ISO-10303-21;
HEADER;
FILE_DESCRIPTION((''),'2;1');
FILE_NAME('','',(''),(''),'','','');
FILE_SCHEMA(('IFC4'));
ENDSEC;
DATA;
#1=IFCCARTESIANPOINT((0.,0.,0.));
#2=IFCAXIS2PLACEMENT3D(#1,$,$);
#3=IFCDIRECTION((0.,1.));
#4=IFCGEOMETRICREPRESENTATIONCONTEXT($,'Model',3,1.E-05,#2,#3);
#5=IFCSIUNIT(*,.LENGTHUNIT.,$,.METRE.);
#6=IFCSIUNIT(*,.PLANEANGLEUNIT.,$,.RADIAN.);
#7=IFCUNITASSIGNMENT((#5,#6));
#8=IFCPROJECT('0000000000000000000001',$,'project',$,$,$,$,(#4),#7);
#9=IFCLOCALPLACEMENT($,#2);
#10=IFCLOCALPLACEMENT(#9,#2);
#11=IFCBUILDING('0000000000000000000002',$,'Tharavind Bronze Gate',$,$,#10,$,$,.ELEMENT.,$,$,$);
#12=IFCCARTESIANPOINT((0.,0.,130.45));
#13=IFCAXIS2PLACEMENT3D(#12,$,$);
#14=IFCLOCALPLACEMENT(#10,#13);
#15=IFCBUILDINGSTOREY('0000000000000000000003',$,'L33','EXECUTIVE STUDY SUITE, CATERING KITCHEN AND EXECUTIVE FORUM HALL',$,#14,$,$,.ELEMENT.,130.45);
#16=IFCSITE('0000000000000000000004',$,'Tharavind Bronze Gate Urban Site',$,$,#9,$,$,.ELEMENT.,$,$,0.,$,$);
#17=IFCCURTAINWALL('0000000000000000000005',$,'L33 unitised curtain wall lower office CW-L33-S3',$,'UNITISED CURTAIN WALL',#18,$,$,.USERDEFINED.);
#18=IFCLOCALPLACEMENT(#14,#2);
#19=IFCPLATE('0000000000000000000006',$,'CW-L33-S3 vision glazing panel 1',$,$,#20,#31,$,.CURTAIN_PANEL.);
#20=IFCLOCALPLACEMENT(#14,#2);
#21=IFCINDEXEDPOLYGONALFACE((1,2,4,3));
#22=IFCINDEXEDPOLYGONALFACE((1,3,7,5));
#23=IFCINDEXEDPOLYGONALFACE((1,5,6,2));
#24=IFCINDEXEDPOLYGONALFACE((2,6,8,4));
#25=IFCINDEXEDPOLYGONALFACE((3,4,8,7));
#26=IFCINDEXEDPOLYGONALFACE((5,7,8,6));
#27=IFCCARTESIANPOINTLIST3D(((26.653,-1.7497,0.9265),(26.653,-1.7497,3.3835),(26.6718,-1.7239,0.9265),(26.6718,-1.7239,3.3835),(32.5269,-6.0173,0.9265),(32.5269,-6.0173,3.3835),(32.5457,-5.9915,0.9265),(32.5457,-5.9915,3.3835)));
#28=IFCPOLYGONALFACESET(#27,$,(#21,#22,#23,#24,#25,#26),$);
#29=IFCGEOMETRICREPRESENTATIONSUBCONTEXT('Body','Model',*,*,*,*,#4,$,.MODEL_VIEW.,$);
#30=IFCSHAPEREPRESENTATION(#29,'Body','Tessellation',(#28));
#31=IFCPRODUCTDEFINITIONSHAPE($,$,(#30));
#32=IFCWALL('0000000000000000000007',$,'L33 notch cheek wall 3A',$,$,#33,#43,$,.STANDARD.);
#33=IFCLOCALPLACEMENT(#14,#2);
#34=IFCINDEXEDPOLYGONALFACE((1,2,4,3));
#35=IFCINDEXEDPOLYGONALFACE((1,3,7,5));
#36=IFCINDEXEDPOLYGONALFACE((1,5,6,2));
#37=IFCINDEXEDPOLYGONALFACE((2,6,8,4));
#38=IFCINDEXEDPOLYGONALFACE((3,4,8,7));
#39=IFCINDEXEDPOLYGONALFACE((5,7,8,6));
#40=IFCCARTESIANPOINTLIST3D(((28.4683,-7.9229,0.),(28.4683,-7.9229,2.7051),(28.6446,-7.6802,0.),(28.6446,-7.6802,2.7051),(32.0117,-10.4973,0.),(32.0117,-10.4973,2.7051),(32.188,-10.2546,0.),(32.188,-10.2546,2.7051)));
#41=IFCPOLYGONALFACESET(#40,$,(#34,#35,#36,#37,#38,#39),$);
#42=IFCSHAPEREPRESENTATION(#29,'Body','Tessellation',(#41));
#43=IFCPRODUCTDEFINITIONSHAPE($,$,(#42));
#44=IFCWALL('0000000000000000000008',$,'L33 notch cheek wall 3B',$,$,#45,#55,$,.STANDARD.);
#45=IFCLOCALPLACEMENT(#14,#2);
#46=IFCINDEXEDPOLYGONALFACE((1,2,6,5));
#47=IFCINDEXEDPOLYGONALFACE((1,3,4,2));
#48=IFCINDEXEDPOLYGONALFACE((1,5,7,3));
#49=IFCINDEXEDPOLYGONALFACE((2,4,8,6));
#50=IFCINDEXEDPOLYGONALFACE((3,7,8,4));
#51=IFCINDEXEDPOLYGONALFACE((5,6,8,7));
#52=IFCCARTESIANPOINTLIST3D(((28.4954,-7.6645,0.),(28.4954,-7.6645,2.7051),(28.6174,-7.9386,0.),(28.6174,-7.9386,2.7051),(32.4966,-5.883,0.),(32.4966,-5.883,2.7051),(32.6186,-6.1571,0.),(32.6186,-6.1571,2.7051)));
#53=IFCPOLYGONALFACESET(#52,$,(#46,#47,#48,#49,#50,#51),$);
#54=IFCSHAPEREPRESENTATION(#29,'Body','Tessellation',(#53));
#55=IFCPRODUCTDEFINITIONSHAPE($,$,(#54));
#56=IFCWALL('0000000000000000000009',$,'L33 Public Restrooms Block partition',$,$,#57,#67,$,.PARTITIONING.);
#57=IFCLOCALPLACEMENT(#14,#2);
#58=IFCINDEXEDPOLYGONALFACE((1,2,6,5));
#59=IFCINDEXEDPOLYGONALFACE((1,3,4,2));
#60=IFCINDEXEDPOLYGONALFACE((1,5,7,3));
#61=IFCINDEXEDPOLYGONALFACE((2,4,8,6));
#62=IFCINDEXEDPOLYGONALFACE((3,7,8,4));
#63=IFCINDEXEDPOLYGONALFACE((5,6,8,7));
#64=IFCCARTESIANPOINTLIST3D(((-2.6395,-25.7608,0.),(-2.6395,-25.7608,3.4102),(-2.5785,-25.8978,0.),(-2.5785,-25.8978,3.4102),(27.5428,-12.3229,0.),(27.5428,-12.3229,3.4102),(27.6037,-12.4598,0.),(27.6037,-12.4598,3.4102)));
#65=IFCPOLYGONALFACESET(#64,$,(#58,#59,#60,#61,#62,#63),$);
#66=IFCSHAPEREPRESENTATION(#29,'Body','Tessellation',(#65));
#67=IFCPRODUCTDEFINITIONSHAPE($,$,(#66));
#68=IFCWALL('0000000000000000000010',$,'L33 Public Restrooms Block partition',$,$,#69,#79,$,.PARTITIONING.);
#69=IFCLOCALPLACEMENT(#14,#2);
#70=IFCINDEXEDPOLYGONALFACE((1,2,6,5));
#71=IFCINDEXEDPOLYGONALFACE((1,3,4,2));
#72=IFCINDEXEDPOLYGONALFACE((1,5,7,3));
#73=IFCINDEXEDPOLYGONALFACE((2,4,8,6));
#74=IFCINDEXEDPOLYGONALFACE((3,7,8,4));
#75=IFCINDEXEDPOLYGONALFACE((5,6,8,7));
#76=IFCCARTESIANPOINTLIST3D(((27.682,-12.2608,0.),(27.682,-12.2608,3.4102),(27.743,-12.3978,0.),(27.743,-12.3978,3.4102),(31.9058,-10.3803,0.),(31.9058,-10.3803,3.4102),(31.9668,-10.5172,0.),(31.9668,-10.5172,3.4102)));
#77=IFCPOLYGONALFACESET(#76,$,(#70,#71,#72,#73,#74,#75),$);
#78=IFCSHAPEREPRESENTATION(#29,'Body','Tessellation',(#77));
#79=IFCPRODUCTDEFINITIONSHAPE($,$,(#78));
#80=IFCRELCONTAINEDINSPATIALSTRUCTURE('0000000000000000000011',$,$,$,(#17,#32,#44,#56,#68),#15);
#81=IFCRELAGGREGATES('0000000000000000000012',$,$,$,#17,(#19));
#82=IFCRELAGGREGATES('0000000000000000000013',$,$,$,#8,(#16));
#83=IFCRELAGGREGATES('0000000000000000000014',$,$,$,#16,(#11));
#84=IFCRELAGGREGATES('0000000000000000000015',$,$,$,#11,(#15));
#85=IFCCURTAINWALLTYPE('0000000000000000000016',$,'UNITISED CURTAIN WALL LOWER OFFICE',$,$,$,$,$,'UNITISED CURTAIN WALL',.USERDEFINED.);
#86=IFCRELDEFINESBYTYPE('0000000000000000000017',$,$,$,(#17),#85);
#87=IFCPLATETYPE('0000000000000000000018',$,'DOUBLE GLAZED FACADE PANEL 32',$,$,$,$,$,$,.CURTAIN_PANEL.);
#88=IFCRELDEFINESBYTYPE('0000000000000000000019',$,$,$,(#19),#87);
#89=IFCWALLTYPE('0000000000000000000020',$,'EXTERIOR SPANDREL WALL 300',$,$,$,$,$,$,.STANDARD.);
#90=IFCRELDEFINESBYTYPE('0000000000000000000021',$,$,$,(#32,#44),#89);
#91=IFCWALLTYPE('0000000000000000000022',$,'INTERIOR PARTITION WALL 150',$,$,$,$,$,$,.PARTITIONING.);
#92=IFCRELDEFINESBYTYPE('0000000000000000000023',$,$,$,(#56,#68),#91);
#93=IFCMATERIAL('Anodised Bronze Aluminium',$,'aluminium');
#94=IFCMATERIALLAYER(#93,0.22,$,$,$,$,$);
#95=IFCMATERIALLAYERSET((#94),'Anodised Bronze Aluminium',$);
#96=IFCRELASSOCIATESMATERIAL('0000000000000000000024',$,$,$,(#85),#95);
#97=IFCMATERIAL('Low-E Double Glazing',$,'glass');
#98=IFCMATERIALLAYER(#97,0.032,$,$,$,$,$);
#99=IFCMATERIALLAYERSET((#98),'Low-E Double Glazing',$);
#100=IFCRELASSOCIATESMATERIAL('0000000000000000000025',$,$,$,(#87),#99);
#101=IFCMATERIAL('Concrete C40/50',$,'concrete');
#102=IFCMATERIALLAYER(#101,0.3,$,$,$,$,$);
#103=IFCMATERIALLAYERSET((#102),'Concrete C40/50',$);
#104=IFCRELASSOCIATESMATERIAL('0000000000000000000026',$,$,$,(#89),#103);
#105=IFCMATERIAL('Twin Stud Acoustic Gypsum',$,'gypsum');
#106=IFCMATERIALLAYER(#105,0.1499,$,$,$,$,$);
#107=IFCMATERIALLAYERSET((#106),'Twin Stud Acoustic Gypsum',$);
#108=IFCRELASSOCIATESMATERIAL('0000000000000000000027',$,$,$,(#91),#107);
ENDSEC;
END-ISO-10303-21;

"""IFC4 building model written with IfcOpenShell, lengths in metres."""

from ifc_helpers import new_model, si_unit, direction, frame, frame_2d, origin, origin_2d, place, context, subcontext, project, spatial, rectangle, extrude, material, layer, layer_set, type_object, element, aggregate, save


model = new_model("IFC4")

# Units and contexts
model_context = context("Model", 3, precision=1e-05, world=origin(), true_north=direction((0.0, 1.0)))
body_context = subcontext(model_context, "Body", "Model", "MODEL_VIEW")
ifc_project = project(units=[si_unit("LENGTHUNIT", "METRE"), si_unit("PLANEANGLEUNIT", "RADIAN")], contexts=[model_context])

# Site, building, storey
site_placement = place(None, origin())
site = spatial("IfcSite", under=ifc_project, at=site_placement, Name="Tharavind Bronze Gate Urban Site", CompositionType="ELEMENT", RefElevation=0.0)
building_placement = place(site_placement, origin())
building = spatial("IfcBuilding", under=site, at=building_placement, Name="Tharavind Bronze Gate", CompositionType="ELEMENT")
storey_placement = place(building_placement, frame((0.0, 0.0, 130.45)))
storey = spatial("IfcBuildingStorey", under=building, at=storey_placement, Name="L33", Description="EXECUTIVE STUDY SUITE, CATERING KITCHEN AND EXECUTIVE FORUM HALL", CompositionType="ELEMENT", Elevation=130.45)

# Shared definitions
ifc_material_1 = material(Name="Anodised Bronze Aluminium", Category="aluminium")
ifc_layer_1 = layer(ifc_material_1, 0.22)
ifc_layer_set_1 = layer_set([ifc_layer_1], Name="Anodised Bronze Aluminium")
curtain_wall_type = type_object("IfcCurtainWallType", Name="UNITISED CURTAIN WALL LOWER OFFICE", ElementType="UNITISED CURTAIN WALL", PredefinedType="USERDEFINED", material=ifc_layer_set_1)

# Curtain wall
curtain_wall_1_placement = place(storey_placement, origin())
curtain_wall_1 = element("IfcCurtainWall", 1, at=curtain_wall_1_placement, inside=storey, type_object=curtain_wall_type, Name="L33 unitised curtain wall lower office CW-L33-S3", ObjectType="UNITISED CURTAIN WALL", PredefinedType="USERDEFINED")

# Plate
ifc_material_2 = material(Name="Low-E Double Glazing", Category="glass")
ifc_layer_2 = layer(ifc_material_2, 0.032)
ifc_layer_set_2 = layer_set([ifc_layer_2], Name="Low-E Double Glazing")
plate_type_1 = type_object("IfcPlateType", Name="DOUBLE GLAZED FACADE PANEL 32", PredefinedType="CURTAIN_PANEL", material=ifc_layer_set_2)
plate_1_placement = place(storey_placement, frame((29.5994, -3.8706, 0.9265), z_axis=(0.0, 0.0, 1.0), x_axis=(-0.809017, 0.587785, 0.0)))
plate_1 = element("IfcPlate", 2, at=plate_1_placement, type_object=plate_type_1, Name="CW-L33-S3 vision glazing panel 1", PredefinedType="CURTAIN_PANEL", context=body_context, shape_type="SweptSolid", body=[
    extrude(rectangle(XDim=7.2605, YDim=0.032, at=origin_2d()), origin(), (0.0, 0.0, 1.0), 2.457),
])
aggregate(curtain_wall_1, [plate_1])

# Walls
ifc_material_3 = material(Name="Concrete C40/50", Category="concrete")
ifc_layer_3 = layer(ifc_material_3, 0.3)
ifc_layer_set_3 = layer_set([ifc_layer_3], Name="Concrete C40/50")
wall_type_1 = type_object("IfcWallType", Name="EXTERIOR SPANDREL WALL 300", PredefinedType="STANDARD", material=ifc_layer_set_3)
for number, where, z_axis, x_axis, name in (
    (3, (32.0999, -10.376, 0.0), (0.0, 0.0, 1.0), (-0.809018, 0.587784, 0.0), "L33 notch cheek wall 3A"),
    (4, (28.5564, -7.8015, 0.0), (0.0, 0.0, 1.0), (0.913542, 0.406743, 0.0), "L33 notch cheek wall 3B"),
):
    element("IfcWall", number, at=place(storey_placement, frame(where, z_axis=z_axis, x_axis=x_axis)), inside=storey, type_object=wall_type_1, Name=name, PredefinedType="STANDARD", context=body_context, shape_type="SweptSolid", body=[
        extrude(rectangle(XDim=4.3799, YDim=0.3, at=frame_2d((2.1899, 0.0))), origin(), (0.0, 0.0, 1.0), 2.7051),
    ])
ifc_material_4 = material(Name="Twin Stud Acoustic Gypsum", Category="gypsum")
ifc_layer_4 = layer(ifc_material_4, 0.1499)
ifc_layer_set_4 = layer_set([ifc_layer_4], Name="Twin Stud Acoustic Gypsum")
wall_type_2 = type_object("IfcWallType", Name="INTERIOR PARTITION WALL 150", PredefinedType="PARTITIONING", material=ifc_layer_set_4)
wall_1_placement = place(storey_placement, frame((27.5732, -12.3914, 0.0), z_axis=(0.0, 0.0, 1.0), x_axis=(-0.913546, -0.406735, 0.0)))
element("IfcWall", 5, at=wall_1_placement, inside=storey, type_object=wall_type_2, Name="L33 Public Restrooms Block partition", PredefinedType="PARTITIONING", context=body_context, shape_type="SweptSolid", body=[
    extrude(rectangle(XDim=33.0386, YDim=0.1499, at=frame_2d((16.5193, 0.0))), origin(), (0.0, 0.0, 1.0), 3.4102),
])
wall_2_placement = place(storey_placement, frame((31.9363, -10.4487, 0.0), z_axis=(0.0, 0.0, 1.0), x_axis=(-0.913544, -0.406741, 0.0)))
element("IfcWall", 6, at=wall_2_placement, inside=storey, type_object=wall_type_2, Name="L33 Public Restrooms Block partition", PredefinedType="PARTITIONING", context=body_context, shape_type="SweptSolid", body=[
    extrude(rectangle(XDim=4.6235, YDim=0.1499, at=frame_2d((2.3118, 0.0))), origin(), (0.0, 0.0, 1.0), 3.4102),
])

save(model, "model.ifc")
